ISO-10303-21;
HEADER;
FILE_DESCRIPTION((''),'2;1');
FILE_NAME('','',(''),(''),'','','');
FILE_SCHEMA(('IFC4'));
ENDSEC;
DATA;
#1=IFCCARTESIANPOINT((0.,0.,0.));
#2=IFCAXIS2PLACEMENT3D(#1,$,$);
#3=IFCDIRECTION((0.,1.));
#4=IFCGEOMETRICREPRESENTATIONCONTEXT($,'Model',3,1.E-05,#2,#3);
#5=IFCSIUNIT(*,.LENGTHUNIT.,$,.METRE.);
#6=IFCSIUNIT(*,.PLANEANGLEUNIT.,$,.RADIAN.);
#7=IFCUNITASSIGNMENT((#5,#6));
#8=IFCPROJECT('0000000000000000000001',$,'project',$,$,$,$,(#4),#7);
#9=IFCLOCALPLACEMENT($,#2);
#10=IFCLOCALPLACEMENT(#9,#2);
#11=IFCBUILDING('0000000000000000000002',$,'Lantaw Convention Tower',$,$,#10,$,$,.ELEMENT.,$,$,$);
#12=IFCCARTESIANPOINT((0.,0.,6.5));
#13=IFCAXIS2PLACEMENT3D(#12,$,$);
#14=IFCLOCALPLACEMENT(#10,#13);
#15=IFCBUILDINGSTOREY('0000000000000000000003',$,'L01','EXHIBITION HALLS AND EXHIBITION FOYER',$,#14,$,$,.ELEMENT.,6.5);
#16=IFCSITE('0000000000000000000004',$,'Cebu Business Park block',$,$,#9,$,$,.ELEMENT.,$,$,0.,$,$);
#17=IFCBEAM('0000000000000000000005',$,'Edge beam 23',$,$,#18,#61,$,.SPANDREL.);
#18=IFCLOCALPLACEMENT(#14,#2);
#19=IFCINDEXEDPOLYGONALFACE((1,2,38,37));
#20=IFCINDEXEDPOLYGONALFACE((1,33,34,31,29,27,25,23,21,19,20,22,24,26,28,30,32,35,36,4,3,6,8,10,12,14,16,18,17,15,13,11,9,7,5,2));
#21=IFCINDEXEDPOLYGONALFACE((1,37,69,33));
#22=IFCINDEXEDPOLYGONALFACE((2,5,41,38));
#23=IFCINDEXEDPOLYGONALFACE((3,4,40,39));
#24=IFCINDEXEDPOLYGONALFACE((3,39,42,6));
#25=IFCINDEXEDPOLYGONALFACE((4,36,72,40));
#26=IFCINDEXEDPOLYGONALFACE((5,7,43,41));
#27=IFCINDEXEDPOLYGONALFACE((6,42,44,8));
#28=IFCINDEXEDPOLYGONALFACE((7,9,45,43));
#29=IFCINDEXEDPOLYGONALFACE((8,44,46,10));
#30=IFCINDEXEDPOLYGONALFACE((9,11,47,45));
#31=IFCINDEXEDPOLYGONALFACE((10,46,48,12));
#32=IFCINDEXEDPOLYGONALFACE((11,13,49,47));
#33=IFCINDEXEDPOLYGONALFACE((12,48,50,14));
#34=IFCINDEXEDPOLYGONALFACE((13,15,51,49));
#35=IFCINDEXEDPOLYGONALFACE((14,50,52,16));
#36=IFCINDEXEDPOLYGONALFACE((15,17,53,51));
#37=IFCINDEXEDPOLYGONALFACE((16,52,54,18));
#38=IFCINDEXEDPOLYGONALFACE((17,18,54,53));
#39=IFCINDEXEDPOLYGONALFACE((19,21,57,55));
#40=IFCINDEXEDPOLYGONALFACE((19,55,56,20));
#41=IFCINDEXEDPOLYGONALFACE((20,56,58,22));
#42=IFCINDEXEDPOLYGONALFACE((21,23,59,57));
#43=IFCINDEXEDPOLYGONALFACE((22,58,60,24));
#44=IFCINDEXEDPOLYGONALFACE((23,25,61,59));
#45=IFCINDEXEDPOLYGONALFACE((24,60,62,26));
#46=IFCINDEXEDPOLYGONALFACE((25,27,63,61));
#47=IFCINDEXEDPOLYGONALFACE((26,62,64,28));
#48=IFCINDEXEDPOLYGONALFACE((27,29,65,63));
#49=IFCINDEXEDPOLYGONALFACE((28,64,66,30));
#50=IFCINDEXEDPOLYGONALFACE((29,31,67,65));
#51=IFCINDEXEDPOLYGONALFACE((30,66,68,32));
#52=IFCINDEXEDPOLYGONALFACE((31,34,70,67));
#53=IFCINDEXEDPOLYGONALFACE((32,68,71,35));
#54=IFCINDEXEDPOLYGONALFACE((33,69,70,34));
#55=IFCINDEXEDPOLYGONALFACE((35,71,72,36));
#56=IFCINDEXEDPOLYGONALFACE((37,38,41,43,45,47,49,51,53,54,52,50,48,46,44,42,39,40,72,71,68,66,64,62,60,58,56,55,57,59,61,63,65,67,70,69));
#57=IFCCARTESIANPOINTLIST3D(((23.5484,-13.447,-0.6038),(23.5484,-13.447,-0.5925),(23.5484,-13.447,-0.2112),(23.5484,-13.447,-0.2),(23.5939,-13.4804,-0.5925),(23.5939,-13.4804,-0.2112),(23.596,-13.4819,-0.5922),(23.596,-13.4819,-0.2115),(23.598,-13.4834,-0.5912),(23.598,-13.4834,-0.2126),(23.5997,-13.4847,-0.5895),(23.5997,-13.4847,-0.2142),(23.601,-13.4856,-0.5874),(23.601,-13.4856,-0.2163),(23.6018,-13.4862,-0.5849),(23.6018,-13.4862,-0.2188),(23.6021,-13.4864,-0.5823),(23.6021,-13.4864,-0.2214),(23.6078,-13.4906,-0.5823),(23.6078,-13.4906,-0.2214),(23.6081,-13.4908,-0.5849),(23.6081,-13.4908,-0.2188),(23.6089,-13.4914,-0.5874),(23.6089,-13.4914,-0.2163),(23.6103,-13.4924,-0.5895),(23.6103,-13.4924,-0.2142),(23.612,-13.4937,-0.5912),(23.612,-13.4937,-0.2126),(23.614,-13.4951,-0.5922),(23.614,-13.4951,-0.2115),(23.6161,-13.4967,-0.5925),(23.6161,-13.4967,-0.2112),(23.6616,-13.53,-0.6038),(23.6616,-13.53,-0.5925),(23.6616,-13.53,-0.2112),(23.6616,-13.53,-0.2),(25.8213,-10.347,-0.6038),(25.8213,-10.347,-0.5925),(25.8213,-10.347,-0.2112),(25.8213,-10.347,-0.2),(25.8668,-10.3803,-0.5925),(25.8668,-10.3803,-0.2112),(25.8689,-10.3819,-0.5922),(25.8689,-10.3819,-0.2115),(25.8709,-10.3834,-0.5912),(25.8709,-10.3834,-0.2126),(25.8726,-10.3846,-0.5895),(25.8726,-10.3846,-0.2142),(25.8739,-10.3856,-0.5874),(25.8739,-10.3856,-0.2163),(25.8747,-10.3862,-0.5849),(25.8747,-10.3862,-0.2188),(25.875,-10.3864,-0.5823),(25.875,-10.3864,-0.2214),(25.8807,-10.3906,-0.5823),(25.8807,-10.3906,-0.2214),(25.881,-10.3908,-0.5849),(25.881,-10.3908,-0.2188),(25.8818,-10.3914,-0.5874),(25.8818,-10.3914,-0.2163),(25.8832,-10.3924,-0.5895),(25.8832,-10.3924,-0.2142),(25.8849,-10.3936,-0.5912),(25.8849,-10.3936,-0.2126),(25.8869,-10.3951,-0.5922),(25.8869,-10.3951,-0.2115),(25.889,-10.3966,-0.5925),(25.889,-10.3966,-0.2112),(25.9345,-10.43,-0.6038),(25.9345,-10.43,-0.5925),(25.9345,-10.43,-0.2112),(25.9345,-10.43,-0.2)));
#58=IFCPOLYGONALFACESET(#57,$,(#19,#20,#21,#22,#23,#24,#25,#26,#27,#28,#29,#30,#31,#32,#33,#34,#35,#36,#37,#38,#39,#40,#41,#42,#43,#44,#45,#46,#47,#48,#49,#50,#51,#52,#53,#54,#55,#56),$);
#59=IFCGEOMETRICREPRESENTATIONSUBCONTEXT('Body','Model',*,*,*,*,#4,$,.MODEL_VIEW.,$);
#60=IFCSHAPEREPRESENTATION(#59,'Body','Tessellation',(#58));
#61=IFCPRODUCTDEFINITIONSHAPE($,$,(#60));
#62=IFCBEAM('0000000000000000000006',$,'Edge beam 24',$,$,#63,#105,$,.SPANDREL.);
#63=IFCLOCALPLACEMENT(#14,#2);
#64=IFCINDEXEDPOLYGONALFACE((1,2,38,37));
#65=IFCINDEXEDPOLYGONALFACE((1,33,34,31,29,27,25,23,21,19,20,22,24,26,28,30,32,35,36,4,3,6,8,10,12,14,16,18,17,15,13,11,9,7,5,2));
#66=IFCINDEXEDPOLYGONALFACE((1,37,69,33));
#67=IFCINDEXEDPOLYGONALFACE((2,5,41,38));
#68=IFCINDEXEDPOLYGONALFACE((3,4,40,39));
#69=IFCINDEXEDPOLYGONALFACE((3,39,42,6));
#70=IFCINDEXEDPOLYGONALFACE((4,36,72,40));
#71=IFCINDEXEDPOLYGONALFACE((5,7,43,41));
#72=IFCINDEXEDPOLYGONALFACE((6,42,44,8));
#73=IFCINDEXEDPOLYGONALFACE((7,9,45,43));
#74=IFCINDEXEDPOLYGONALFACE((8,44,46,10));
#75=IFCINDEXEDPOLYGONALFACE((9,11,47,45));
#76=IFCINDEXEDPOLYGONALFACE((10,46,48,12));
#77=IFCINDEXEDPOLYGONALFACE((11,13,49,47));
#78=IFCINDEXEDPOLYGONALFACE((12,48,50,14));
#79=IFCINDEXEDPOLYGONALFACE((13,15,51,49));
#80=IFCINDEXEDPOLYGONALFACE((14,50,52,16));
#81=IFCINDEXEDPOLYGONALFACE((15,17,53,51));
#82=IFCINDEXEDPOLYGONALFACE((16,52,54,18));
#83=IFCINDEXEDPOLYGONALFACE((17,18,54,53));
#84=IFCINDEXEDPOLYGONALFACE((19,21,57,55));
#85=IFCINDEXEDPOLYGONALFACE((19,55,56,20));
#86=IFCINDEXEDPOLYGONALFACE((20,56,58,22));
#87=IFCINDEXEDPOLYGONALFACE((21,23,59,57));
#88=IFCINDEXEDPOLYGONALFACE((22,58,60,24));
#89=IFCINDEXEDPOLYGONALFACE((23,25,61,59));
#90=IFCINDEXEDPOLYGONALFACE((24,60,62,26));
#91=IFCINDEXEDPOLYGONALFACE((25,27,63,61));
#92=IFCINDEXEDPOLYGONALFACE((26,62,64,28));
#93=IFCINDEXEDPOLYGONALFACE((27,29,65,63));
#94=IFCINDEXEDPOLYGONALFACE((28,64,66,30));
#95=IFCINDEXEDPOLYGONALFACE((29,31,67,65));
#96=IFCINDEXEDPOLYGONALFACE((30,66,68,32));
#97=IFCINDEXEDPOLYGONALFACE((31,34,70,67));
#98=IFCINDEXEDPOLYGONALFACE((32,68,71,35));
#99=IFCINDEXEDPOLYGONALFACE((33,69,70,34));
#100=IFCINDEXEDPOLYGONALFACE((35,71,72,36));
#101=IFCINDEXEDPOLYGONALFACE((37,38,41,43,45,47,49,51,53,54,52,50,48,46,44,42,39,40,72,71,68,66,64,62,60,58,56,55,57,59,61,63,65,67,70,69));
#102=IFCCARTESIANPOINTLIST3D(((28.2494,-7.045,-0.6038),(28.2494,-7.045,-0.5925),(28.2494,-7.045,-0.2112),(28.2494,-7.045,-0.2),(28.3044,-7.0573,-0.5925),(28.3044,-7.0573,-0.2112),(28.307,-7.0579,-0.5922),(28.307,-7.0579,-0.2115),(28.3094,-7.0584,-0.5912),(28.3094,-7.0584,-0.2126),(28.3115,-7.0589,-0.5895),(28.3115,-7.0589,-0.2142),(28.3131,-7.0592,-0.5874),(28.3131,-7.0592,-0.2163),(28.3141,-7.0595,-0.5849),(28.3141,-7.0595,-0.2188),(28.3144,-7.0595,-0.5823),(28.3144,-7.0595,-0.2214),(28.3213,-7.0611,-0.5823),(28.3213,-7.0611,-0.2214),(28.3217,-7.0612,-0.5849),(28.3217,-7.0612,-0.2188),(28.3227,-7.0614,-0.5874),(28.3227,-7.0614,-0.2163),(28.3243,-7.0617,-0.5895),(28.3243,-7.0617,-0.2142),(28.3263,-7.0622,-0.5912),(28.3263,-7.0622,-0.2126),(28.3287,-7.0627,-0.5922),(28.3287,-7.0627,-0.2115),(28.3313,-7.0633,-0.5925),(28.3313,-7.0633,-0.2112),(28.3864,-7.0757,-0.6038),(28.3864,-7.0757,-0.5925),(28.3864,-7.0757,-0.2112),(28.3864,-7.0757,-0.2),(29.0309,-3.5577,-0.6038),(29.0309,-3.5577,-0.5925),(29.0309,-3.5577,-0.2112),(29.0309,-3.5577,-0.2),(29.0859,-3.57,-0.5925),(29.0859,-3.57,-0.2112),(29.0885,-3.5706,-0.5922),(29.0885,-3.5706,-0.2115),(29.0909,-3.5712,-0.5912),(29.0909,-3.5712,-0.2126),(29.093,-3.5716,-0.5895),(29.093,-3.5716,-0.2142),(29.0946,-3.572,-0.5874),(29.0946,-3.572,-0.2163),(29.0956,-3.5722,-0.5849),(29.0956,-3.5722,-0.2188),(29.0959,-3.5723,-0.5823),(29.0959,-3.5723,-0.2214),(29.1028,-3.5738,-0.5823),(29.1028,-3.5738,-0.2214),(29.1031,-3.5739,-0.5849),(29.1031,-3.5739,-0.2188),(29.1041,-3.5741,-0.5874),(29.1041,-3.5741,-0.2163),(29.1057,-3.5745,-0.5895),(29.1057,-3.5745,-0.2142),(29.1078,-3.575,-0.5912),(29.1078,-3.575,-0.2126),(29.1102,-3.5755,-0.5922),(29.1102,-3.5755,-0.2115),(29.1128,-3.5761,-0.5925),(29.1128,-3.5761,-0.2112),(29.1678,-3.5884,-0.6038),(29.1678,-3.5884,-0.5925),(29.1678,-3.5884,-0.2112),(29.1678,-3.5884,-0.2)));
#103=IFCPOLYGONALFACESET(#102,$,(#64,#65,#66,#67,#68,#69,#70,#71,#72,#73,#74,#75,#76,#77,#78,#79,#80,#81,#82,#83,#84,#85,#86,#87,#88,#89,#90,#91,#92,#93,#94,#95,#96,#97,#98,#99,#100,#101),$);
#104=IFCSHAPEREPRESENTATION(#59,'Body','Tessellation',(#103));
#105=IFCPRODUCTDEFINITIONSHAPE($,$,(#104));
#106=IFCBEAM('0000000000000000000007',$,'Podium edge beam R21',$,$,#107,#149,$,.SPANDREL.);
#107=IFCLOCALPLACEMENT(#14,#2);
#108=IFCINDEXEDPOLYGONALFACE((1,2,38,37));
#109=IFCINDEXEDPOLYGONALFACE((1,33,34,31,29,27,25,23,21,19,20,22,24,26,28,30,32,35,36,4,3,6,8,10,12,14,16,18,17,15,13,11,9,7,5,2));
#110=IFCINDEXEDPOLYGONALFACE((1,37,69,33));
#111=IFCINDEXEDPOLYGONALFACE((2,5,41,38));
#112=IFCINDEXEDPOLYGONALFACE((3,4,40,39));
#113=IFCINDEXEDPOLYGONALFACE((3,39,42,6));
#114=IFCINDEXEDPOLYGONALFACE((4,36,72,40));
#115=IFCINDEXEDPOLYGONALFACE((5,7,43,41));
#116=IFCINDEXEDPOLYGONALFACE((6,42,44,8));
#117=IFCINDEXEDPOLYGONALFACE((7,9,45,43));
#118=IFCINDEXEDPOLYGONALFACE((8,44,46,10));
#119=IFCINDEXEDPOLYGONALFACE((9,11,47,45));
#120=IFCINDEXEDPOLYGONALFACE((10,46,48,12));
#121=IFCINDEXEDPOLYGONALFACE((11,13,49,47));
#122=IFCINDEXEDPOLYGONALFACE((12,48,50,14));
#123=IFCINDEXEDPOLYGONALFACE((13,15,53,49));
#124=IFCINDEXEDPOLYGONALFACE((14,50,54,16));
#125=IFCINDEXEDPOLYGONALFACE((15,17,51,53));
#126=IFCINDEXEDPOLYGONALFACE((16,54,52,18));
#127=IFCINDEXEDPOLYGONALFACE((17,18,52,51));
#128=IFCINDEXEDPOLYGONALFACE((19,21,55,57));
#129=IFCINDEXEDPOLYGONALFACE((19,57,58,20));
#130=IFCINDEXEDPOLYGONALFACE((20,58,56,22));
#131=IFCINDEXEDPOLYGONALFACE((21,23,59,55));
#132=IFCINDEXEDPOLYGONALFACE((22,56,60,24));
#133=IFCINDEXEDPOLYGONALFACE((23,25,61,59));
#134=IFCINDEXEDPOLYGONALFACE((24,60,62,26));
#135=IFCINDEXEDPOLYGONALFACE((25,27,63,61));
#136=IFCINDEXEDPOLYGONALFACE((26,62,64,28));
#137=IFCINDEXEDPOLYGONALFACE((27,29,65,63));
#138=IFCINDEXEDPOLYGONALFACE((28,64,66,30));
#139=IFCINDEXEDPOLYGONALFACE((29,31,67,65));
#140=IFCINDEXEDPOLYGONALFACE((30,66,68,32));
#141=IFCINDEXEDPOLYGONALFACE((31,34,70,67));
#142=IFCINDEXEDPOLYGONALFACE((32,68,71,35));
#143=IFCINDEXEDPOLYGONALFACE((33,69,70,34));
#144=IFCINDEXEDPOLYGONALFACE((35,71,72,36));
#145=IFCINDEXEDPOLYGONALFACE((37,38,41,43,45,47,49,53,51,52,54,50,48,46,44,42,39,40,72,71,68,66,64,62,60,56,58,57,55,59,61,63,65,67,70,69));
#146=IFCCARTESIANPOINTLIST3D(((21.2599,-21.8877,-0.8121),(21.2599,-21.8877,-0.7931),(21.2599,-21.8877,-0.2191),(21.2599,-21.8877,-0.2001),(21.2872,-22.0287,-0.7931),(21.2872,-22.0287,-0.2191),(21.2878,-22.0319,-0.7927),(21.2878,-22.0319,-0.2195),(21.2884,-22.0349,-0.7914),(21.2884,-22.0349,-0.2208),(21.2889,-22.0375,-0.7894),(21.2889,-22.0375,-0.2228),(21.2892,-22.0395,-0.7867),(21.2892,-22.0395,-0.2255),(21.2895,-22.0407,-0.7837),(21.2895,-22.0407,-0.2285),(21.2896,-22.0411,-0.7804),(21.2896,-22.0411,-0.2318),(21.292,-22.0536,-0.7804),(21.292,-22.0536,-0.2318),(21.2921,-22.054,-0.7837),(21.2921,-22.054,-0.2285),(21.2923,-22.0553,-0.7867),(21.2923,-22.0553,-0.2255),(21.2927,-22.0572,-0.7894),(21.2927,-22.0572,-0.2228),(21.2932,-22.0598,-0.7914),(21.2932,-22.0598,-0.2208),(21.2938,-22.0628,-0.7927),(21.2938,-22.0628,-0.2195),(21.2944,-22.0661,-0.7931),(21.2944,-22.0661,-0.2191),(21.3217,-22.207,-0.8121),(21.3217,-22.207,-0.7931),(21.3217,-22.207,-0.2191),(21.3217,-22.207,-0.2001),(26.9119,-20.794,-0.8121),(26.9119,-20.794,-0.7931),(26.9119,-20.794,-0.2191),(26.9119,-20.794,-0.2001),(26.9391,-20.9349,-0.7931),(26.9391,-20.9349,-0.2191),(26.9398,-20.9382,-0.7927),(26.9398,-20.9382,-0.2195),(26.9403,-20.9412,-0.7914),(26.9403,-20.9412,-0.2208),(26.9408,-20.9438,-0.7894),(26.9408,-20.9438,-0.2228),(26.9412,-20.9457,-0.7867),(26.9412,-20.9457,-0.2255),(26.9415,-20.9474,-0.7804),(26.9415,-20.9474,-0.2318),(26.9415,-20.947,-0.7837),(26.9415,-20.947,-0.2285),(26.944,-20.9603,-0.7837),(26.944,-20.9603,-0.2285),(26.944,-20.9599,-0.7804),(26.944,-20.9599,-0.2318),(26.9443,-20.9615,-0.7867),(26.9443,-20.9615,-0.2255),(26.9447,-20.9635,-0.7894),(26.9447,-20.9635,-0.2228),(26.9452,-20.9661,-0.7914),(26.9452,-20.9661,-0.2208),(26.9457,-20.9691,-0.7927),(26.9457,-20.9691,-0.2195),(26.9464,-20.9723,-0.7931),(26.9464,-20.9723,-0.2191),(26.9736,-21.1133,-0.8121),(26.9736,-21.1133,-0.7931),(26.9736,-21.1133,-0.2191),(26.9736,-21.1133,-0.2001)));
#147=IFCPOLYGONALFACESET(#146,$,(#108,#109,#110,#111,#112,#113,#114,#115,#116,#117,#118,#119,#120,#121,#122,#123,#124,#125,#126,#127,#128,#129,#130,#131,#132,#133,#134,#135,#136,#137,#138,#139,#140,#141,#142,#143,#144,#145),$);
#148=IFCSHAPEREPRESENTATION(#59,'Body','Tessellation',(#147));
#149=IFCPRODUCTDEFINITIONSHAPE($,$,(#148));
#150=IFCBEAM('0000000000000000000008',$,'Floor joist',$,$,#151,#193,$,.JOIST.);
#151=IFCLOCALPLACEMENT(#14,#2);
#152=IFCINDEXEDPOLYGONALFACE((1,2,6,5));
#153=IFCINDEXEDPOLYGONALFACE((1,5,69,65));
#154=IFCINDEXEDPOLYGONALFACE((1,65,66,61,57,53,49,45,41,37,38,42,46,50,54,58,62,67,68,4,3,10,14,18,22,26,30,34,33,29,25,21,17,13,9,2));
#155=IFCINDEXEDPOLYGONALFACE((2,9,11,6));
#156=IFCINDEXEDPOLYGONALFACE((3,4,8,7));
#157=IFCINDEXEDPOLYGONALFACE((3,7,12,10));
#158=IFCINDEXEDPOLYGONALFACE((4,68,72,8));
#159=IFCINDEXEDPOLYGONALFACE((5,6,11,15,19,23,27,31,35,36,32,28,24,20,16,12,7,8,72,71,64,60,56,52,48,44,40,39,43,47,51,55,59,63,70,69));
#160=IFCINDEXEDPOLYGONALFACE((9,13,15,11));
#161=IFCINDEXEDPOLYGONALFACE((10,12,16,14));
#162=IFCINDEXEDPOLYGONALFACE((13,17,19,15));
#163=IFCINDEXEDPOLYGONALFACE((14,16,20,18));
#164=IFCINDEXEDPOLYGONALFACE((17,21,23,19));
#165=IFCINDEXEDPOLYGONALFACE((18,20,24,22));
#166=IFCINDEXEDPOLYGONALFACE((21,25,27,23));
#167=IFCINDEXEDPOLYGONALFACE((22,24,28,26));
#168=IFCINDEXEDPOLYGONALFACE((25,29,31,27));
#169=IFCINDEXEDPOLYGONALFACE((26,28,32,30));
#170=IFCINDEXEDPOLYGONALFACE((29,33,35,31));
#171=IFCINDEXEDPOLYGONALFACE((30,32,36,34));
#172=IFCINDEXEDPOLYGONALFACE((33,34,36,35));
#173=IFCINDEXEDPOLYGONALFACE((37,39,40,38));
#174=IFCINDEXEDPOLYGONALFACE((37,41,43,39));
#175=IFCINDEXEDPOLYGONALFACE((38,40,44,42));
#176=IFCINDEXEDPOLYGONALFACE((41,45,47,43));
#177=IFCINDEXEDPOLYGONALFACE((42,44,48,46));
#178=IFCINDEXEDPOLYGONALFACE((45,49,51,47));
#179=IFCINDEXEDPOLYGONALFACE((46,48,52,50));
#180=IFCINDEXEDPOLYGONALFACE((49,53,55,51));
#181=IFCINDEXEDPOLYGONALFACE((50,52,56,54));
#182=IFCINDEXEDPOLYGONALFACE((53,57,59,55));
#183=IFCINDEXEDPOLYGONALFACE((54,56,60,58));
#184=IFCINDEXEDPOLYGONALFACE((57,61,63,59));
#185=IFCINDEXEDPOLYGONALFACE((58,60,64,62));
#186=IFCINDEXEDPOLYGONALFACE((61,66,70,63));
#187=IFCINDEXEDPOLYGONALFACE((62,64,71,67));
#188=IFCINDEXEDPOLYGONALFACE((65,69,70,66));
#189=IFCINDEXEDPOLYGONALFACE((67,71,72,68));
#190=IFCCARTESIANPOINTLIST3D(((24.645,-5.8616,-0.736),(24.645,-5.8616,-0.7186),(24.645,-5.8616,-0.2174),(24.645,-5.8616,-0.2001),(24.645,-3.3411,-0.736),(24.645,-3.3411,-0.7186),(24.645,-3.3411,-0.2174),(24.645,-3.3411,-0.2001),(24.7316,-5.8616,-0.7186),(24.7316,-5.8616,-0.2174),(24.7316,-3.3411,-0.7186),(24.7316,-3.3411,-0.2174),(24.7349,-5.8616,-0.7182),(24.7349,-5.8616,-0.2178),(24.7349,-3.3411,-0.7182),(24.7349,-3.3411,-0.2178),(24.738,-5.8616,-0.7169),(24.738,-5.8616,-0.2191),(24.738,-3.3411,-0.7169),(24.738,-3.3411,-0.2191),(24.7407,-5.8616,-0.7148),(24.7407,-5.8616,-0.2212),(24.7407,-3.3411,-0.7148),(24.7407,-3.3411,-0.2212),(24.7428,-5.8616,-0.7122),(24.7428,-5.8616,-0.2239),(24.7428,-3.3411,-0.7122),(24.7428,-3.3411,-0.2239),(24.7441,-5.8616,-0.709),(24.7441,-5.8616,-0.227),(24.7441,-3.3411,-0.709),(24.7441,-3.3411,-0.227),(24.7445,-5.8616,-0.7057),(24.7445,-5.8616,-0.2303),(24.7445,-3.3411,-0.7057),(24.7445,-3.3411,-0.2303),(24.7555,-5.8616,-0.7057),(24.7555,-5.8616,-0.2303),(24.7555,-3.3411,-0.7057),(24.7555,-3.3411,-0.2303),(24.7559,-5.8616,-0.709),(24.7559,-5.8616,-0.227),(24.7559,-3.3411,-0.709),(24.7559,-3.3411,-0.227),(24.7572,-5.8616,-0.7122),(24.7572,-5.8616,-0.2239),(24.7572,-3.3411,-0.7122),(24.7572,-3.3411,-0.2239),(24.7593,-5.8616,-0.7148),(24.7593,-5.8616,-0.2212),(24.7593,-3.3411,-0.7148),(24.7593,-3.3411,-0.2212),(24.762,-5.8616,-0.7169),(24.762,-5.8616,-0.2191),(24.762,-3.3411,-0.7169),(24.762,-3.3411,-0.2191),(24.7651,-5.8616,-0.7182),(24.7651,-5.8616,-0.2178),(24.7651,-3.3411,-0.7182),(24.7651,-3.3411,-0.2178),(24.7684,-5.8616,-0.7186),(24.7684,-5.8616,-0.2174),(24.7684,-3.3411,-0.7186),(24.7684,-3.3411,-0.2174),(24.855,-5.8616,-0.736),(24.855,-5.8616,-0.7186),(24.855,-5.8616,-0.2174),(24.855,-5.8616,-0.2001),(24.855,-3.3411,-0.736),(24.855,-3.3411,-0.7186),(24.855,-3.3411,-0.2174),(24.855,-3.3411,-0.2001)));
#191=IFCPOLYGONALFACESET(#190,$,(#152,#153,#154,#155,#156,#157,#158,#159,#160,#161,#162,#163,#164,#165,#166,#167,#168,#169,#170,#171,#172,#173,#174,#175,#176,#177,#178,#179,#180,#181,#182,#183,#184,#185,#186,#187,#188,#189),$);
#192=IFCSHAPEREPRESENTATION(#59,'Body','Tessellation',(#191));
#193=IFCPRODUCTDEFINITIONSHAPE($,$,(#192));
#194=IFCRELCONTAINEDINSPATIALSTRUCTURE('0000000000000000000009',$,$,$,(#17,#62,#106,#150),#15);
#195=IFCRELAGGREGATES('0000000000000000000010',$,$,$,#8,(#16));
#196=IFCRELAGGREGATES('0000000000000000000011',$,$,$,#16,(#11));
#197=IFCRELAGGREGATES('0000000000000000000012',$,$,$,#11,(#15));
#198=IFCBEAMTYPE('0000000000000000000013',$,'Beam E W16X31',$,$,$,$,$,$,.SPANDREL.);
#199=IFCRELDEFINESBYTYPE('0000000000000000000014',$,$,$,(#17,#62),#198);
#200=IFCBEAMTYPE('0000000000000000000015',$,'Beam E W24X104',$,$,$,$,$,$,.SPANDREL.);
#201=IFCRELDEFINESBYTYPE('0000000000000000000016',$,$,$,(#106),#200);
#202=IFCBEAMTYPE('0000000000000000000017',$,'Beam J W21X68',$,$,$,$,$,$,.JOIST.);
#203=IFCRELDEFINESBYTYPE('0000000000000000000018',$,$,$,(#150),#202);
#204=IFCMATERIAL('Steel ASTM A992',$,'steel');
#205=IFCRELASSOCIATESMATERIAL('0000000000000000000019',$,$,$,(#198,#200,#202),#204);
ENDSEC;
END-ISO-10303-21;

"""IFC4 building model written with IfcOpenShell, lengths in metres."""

from ifc_helpers import new_model, si_unit, direction, frame, origin, origin_2d, place, context, subcontext, project, spatial, i_section, extrude, material, material_profile, profile_set, type_object, element, save


model = new_model("IFC4")

# Units and contexts
model_context = context("Model", 3, precision=1e-05, world=origin(), true_north=direction((0.0, 1.0)))
body_context = subcontext(model_context, "Body", "Model", "MODEL_VIEW")
ifc_project = project(units=[si_unit("LENGTHUNIT", "METRE"), si_unit("PLANEANGLEUNIT", "RADIAN")], contexts=[model_context])

# Site, building, storey
site_placement = place(None, origin())
site = spatial("IfcSite", under=ifc_project, at=site_placement, Name="Cebu Business Park block", CompositionType="ELEMENT", RefElevation=0.0)
building_placement = place(site_placement, origin())
building = spatial("IfcBuilding", under=site, at=building_placement, Name="Lantaw Convention Tower", CompositionType="ELEMENT")
storey_placement = place(building_placement, frame((0.0, 0.0, 6.5)))
storey = spatial("IfcBuildingStorey", under=building, at=storey_placement, Name="L01", Description="EXHIBITION HALLS AND EXHIBITION FOYER", CompositionType="ELEMENT", Elevation=6.5)

# Beams
ifc_material_1 = material(Name="Steel ASTM A992", Category="steel")
ifc_material_profile_1 = material_profile(ifc_material_1, i_section(OverallWidth=0.1404, OverallDepth=0.4038, WebThickness=0.0071, FlangeThickness=0.0112, FilletRadius=0.0103, at=origin_2d()), Name="W16X31")
ifc_profile_set_1 = profile_set([ifc_material_profile_1], Name="Steel ASTM A992")
beam_type_1 = type_object("IfcBeamType", Name="Beam E W16X31", PredefinedType="SPANDREL", material=ifc_profile_set_1)
beam_1_placement = place(storey_placement, frame((23.605, -13.4885, -0.4019), z_axis=(0.591287, 0.806462, 0.0), x_axis=(-0.806462, 0.591287, 0.0)))
element("IfcBeam", 1, at=beam_1_placement, inside=storey, type_object=beam_type_1, Name="Edge beam 23", PredefinedType="SPANDREL", context=body_context, shape_type="SweptSolid", body=[
    extrude(i_section(OverallWidth=0.1404, OverallDepth=0.4038, WebThickness=0.0071, FlangeThickness=0.0112, FilletRadius=0.0103, at=origin_2d()), origin(), (0.0, 0.0, 1.0), 3.844),
])
beam_2_placement = place(storey_placement, frame((28.3179, -7.0603, -0.4019), z_axis=(0.218673, 0.975798, 0.0), x_axis=(-0.975798, 0.218673, 0.0)))
element("IfcBeam", 2, at=beam_2_placement, inside=storey, type_object=beam_type_1, Name="Edge beam 24", PredefinedType="SPANDREL", context=body_context, shape_type="SweptSolid", body=[
    extrude(i_section(OverallWidth=0.1404, OverallDepth=0.4038, WebThickness=0.0071, FlangeThickness=0.0112, FilletRadius=0.0103, at=origin_2d()), origin(), (0.0, 0.0, 1.0), 3.5737),
])
ifc_material_profile_2 = material_profile(ifc_material_1, i_section(OverallWidth=0.3252, OverallDepth=0.6121, WebThickness=0.0127, FlangeThickness=0.019, FilletRadius=0.0127, at=origin_2d()), Name="W24X104")
ifc_profile_set_2 = profile_set([ifc_material_profile_2], Name="Steel ASTM A992")
beam_type_2 = type_object("IfcBeamType", Name="Beam E W24X104", PredefinedType="SPANDREL", material=ifc_profile_set_2)
beam_3_placement = place(storey_placement, frame((21.2908, -22.0474, -0.5061), z_axis=(0.981786, 0.189988, 0.0), x_axis=(-0.189988, 0.981786, 0.0)))
element("IfcBeam", 3, at=beam_3_placement, inside=storey, type_object=beam_type_2, Name="Podium edge beam R21", PredefinedType="SPANDREL", context=body_context, shape_type="SweptSolid", body=[
    extrude(i_section(OverallWidth=0.3252, OverallDepth=0.6121, WebThickness=0.0127, FlangeThickness=0.019, FilletRadius=0.0127, at=origin_2d()), origin(), (0.0, 0.0, 1.0), 5.7568),
])
ifc_material_profile_3 = material_profile(ifc_material_1, i_section(OverallWidth=0.21, OverallDepth=0.5359, WebThickness=0.011, FlangeThickness=0.0173, FilletRadius=0.0129, at=origin_2d()), Name="W21X68")
ifc_profile_set_3 = profile_set([ifc_material_profile_3], Name="Steel ASTM A992")
beam_type_3 = type_object("IfcBeamType", Name="Beam J W21X68", PredefinedType="JOIST", material=ifc_profile_set_3)
beam_4_placement = place(storey_placement, frame((24.75, -5.8616, -0.468), z_axis=(0.0, 1.0, 0.0), x_axis=(-1.0, 0.0, 0.0)))
element("IfcBeam", 4, at=beam_4_placement, inside=storey, type_object=beam_type_3, Name="Floor joist", PredefinedType="JOIST", context=body_context, shape_type="SweptSolid", body=[
    extrude(i_section(OverallWidth=0.21, OverallDepth=0.5359, WebThickness=0.011, FlangeThickness=0.0173, FilletRadius=0.0129, at=origin_2d()), origin(), (0.0, 0.0, 1.0), 2.5205),
])

save(model, "model.ifc")
